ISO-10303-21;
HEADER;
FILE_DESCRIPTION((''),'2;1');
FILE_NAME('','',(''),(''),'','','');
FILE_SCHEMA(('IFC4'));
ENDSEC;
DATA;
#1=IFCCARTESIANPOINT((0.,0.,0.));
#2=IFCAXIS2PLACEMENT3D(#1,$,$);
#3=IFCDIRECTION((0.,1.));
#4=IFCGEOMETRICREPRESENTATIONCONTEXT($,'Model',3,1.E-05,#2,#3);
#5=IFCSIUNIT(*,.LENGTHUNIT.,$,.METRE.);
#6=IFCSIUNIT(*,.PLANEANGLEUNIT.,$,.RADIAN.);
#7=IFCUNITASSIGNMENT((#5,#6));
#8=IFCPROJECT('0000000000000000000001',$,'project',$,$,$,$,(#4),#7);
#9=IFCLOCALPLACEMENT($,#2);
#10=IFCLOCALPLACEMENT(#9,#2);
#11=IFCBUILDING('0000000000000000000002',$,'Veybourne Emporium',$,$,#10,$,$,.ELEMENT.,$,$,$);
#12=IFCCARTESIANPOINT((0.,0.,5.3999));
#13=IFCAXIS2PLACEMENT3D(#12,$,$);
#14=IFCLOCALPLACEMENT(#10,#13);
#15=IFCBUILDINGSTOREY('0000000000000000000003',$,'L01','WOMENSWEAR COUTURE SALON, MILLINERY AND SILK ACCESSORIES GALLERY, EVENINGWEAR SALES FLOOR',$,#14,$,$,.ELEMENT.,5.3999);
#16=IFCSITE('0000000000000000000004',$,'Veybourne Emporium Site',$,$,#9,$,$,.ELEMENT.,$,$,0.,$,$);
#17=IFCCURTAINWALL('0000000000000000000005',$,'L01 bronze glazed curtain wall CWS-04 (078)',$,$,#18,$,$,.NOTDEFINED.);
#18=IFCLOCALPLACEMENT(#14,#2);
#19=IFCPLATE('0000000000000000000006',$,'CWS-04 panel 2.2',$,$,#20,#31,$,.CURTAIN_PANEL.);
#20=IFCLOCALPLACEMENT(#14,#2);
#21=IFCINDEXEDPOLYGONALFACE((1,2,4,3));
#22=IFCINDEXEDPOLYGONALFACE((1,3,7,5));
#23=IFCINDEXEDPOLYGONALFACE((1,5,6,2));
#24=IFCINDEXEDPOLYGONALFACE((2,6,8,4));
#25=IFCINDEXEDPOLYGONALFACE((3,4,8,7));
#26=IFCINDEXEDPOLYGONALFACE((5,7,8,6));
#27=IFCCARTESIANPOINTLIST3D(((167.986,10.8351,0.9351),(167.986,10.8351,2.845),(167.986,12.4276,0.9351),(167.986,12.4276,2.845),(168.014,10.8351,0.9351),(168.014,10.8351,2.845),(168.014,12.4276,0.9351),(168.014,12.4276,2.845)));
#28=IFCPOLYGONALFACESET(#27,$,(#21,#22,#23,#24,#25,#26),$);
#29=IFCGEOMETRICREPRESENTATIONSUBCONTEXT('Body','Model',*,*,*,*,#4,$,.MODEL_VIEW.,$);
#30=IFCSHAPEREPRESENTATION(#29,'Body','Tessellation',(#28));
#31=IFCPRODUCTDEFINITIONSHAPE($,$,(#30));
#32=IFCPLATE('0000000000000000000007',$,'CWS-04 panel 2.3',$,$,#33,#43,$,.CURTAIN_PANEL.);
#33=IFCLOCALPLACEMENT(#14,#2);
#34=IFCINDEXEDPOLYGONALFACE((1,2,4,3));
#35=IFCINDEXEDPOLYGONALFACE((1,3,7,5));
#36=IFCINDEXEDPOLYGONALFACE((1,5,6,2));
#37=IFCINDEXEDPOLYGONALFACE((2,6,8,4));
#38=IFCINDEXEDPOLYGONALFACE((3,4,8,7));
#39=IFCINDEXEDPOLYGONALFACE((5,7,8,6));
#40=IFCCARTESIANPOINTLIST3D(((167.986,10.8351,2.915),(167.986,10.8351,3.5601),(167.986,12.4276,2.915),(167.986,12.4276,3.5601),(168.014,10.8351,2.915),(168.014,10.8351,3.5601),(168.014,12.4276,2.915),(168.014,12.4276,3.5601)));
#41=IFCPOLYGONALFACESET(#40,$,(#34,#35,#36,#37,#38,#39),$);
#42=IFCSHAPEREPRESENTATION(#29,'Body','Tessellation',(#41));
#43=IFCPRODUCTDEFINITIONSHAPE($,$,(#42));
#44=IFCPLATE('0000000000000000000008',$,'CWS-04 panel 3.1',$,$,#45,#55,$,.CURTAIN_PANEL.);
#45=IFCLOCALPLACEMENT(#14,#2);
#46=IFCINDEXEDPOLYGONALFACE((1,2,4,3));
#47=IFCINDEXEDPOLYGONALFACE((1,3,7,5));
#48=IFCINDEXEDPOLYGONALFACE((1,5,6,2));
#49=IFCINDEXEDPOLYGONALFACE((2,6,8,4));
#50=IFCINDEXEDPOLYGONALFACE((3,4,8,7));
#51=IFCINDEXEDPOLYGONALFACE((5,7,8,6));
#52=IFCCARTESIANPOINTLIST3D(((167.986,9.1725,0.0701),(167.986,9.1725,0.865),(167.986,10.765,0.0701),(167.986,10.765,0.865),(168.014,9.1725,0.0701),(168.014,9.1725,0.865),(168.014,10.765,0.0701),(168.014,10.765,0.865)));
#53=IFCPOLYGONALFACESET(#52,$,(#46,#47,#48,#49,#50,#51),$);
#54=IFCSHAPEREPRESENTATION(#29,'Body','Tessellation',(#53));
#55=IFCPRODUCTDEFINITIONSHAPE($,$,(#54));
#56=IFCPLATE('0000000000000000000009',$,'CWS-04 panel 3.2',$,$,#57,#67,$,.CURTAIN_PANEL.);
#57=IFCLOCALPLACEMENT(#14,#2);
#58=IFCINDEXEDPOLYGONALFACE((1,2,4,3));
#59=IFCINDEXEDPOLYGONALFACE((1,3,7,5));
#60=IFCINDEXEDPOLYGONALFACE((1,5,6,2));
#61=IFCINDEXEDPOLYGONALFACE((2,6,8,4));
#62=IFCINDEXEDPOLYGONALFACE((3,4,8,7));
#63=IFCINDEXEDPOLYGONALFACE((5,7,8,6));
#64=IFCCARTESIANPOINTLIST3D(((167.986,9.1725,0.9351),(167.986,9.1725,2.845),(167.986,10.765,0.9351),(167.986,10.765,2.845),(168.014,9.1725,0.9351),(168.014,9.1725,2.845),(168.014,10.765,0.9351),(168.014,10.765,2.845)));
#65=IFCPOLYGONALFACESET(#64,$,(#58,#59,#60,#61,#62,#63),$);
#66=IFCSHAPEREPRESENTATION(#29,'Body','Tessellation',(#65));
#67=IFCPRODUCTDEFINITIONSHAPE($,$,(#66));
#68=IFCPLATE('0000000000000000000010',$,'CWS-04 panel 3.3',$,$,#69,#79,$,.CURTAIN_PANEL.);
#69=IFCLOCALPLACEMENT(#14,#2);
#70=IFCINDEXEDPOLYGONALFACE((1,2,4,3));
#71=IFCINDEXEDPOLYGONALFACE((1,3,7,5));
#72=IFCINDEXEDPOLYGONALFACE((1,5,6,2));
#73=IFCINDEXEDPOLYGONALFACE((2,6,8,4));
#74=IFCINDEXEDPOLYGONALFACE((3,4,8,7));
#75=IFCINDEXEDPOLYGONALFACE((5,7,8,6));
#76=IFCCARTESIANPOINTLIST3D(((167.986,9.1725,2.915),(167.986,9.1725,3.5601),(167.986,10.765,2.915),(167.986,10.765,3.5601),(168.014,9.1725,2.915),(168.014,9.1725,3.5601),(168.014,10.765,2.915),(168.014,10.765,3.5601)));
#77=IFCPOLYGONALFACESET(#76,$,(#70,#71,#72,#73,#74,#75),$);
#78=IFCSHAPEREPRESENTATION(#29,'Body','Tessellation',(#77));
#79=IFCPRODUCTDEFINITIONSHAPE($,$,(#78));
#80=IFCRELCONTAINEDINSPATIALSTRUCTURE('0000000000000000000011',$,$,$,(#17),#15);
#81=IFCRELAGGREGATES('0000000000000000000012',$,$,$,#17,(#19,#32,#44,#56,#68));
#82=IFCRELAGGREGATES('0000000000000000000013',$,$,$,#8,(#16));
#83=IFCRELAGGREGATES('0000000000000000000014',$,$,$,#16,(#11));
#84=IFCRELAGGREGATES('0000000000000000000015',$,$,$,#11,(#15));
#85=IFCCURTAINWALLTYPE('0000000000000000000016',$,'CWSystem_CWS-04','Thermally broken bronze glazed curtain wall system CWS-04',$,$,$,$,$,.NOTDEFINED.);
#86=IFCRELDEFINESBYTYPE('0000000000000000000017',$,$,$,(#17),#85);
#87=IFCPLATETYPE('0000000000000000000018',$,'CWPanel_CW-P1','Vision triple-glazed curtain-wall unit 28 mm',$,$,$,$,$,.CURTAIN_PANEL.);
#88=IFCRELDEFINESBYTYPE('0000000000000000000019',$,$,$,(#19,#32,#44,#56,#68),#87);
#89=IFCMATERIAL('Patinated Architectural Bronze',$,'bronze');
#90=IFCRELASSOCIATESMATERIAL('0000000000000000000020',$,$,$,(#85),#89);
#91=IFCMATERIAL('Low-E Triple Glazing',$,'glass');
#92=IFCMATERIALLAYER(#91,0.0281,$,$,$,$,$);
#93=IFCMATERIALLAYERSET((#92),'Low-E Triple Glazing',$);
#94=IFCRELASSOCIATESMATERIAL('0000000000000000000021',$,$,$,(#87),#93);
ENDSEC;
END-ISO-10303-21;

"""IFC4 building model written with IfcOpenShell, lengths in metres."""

from ifc_helpers import new_model, si_unit, direction, frame, origin, origin_2d, place, context, subcontext, project, spatial, rectangle, extrude, material, layer, layer_set, type_object, element, aggregate, save


model = new_model("IFC4")

# Units and contexts
model_context = context("Model", 3, precision=1e-05, world=origin(), true_north=direction((0.0, 1.0)))
body_context = subcontext(model_context, "Body", "Model", "MODEL_VIEW")
ifc_project = project(units=[si_unit("LENGTHUNIT", "METRE"), si_unit("PLANEANGLEUNIT", "RADIAN")], contexts=[model_context])

# Site, building, storey
site_placement = place(None, origin())
site = spatial("IfcSite", under=ifc_project, at=site_placement, Name="Veybourne Emporium Site", CompositionType="ELEMENT", RefElevation=0.0)
building_placement = place(site_placement, origin())
building = spatial("IfcBuilding", under=site, at=building_placement, Name="Veybourne Emporium", CompositionType="ELEMENT")
storey_placement = place(building_placement, frame((0.0, 0.0, 5.3999)))
storey = spatial("IfcBuildingStorey", under=building, at=storey_placement, Name="L01", Description="WOMENSWEAR COUTURE SALON, MILLINERY AND SILK ACCESSORIES GALLERY, EVENINGWEAR SALES FLOOR", CompositionType="ELEMENT", Elevation=5.3999)

# Curtain wall, plates
ifc_material_1 = material(Name="Patinated Architectural Bronze", Category="bronze")
curtain_wall_type = type_object("IfcCurtainWallType", Name="CWSystem_CWS-04", Description="Thermally broken bronze glazed curtain wall system CWS-04", PredefinedType="NOTDEFINED", material=ifc_material_1)
curtain_wall_placement = place(storey_placement, origin())
curtain_wall = element("IfcCurtainWall", 1, at=curtain_wall_placement, inside=storey, type_object=curtain_wall_type, Name="L01 bronze glazed curtain wall CWS-04 (078)", PredefinedType="NOTDEFINED")
ifc_material_2 = material(Name="Low-E Triple Glazing", Category="glass")
ifc_layer = layer(ifc_material_2, 0.0281)
ifc_layer_set = layer_set([ifc_layer], Name="Low-E Triple Glazing")
plate_type = type_object("IfcPlateType", Name="CWPanel_CW-P1", Description="Vision triple-glazed curtain-wall unit 28 mm", PredefinedType="CURTAIN_PANEL", material=ifc_layer_set)
plate_1_placement = place(storey_placement, frame((168.0, 11.6313, 0.9351), z_axis=(0.0, 0.0, 1.0), x_axis=(0.0, -1.0, 0.0)))
plate_1 = element("IfcPlate", 2, at=plate_1_placement, type_object=plate_type, Name="CWS-04 panel 2.2", PredefinedType="CURTAIN_PANEL", context=body_context, shape_type="SweptSolid", body=[
    extrude(rectangle(XDim=1.5925, YDim=0.0281, at=origin_2d()), origin(), (0.0, 0.0, 1.0), 1.9099),
])
plate_2_placement = place(storey_placement, frame((168.0, 11.6313, 2.915), z_axis=(0.0, 0.0, 1.0), x_axis=(0.0, -1.0, 0.0)))
plate_2 = element("IfcPlate", 3, at=plate_2_placement, type_object=plate_type, Name="CWS-04 panel 2.3", PredefinedType="CURTAIN_PANEL", context=body_context, shape_type="SweptSolid", body=[
    extrude(rectangle(XDim=1.5925, YDim=0.0281, at=origin_2d()), origin(), (0.0, 0.0, 1.0), 0.645),
])
plate_3_placement = place(storey_placement, frame((168.0, 9.9688, 0.0701), z_axis=(0.0, 0.0, 1.0), x_axis=(0.0, -1.0, 0.0)))
plate_3 = element("IfcPlate", 4, at=plate_3_placement, type_object=plate_type, Name="CWS-04 panel 3.1", PredefinedType="CURTAIN_PANEL", context=body_context, shape_type="SweptSolid", body=[
    extrude(rectangle(XDim=1.5925, YDim=0.0281, at=origin_2d()), origin(), (0.0, 0.0, 1.0), 0.7949),
])
plate_4_placement = place(storey_placement, frame((168.0, 9.9688, 0.9351), z_axis=(0.0, 0.0, 1.0), x_axis=(0.0, -1.0, 0.0)))
plate_4 = element("IfcPlate", 5, at=plate_4_placement, type_object=plate_type, Name="CWS-04 panel 3.2", PredefinedType="CURTAIN_PANEL", context=body_context, shape_type="SweptSolid", body=[
    extrude(rectangle(XDim=1.5925, YDim=0.0281, at=origin_2d()), origin(), (0.0, 0.0, 1.0), 1.9099),
])
plate_5_placement = place(storey_placement, frame((168.0, 9.9688, 2.915), z_axis=(0.0, 0.0, 1.0), x_axis=(0.0, -1.0, 0.0)))
plate_5 = element("IfcPlate", 6, at=plate_5_placement, type_object=plate_type, Name="CWS-04 panel 3.3", PredefinedType="CURTAIN_PANEL", context=body_context, shape_type="SweptSolid", body=[
    extrude(rectangle(XDim=1.5925, YDim=0.0281, at=origin_2d()), origin(), (0.0, 0.0, 1.0), 0.645),
])
aggregate(curtain_wall, [plate_1, plate_2, plate_3, plate_4, plate_5])

save(model, "model.ifc")
